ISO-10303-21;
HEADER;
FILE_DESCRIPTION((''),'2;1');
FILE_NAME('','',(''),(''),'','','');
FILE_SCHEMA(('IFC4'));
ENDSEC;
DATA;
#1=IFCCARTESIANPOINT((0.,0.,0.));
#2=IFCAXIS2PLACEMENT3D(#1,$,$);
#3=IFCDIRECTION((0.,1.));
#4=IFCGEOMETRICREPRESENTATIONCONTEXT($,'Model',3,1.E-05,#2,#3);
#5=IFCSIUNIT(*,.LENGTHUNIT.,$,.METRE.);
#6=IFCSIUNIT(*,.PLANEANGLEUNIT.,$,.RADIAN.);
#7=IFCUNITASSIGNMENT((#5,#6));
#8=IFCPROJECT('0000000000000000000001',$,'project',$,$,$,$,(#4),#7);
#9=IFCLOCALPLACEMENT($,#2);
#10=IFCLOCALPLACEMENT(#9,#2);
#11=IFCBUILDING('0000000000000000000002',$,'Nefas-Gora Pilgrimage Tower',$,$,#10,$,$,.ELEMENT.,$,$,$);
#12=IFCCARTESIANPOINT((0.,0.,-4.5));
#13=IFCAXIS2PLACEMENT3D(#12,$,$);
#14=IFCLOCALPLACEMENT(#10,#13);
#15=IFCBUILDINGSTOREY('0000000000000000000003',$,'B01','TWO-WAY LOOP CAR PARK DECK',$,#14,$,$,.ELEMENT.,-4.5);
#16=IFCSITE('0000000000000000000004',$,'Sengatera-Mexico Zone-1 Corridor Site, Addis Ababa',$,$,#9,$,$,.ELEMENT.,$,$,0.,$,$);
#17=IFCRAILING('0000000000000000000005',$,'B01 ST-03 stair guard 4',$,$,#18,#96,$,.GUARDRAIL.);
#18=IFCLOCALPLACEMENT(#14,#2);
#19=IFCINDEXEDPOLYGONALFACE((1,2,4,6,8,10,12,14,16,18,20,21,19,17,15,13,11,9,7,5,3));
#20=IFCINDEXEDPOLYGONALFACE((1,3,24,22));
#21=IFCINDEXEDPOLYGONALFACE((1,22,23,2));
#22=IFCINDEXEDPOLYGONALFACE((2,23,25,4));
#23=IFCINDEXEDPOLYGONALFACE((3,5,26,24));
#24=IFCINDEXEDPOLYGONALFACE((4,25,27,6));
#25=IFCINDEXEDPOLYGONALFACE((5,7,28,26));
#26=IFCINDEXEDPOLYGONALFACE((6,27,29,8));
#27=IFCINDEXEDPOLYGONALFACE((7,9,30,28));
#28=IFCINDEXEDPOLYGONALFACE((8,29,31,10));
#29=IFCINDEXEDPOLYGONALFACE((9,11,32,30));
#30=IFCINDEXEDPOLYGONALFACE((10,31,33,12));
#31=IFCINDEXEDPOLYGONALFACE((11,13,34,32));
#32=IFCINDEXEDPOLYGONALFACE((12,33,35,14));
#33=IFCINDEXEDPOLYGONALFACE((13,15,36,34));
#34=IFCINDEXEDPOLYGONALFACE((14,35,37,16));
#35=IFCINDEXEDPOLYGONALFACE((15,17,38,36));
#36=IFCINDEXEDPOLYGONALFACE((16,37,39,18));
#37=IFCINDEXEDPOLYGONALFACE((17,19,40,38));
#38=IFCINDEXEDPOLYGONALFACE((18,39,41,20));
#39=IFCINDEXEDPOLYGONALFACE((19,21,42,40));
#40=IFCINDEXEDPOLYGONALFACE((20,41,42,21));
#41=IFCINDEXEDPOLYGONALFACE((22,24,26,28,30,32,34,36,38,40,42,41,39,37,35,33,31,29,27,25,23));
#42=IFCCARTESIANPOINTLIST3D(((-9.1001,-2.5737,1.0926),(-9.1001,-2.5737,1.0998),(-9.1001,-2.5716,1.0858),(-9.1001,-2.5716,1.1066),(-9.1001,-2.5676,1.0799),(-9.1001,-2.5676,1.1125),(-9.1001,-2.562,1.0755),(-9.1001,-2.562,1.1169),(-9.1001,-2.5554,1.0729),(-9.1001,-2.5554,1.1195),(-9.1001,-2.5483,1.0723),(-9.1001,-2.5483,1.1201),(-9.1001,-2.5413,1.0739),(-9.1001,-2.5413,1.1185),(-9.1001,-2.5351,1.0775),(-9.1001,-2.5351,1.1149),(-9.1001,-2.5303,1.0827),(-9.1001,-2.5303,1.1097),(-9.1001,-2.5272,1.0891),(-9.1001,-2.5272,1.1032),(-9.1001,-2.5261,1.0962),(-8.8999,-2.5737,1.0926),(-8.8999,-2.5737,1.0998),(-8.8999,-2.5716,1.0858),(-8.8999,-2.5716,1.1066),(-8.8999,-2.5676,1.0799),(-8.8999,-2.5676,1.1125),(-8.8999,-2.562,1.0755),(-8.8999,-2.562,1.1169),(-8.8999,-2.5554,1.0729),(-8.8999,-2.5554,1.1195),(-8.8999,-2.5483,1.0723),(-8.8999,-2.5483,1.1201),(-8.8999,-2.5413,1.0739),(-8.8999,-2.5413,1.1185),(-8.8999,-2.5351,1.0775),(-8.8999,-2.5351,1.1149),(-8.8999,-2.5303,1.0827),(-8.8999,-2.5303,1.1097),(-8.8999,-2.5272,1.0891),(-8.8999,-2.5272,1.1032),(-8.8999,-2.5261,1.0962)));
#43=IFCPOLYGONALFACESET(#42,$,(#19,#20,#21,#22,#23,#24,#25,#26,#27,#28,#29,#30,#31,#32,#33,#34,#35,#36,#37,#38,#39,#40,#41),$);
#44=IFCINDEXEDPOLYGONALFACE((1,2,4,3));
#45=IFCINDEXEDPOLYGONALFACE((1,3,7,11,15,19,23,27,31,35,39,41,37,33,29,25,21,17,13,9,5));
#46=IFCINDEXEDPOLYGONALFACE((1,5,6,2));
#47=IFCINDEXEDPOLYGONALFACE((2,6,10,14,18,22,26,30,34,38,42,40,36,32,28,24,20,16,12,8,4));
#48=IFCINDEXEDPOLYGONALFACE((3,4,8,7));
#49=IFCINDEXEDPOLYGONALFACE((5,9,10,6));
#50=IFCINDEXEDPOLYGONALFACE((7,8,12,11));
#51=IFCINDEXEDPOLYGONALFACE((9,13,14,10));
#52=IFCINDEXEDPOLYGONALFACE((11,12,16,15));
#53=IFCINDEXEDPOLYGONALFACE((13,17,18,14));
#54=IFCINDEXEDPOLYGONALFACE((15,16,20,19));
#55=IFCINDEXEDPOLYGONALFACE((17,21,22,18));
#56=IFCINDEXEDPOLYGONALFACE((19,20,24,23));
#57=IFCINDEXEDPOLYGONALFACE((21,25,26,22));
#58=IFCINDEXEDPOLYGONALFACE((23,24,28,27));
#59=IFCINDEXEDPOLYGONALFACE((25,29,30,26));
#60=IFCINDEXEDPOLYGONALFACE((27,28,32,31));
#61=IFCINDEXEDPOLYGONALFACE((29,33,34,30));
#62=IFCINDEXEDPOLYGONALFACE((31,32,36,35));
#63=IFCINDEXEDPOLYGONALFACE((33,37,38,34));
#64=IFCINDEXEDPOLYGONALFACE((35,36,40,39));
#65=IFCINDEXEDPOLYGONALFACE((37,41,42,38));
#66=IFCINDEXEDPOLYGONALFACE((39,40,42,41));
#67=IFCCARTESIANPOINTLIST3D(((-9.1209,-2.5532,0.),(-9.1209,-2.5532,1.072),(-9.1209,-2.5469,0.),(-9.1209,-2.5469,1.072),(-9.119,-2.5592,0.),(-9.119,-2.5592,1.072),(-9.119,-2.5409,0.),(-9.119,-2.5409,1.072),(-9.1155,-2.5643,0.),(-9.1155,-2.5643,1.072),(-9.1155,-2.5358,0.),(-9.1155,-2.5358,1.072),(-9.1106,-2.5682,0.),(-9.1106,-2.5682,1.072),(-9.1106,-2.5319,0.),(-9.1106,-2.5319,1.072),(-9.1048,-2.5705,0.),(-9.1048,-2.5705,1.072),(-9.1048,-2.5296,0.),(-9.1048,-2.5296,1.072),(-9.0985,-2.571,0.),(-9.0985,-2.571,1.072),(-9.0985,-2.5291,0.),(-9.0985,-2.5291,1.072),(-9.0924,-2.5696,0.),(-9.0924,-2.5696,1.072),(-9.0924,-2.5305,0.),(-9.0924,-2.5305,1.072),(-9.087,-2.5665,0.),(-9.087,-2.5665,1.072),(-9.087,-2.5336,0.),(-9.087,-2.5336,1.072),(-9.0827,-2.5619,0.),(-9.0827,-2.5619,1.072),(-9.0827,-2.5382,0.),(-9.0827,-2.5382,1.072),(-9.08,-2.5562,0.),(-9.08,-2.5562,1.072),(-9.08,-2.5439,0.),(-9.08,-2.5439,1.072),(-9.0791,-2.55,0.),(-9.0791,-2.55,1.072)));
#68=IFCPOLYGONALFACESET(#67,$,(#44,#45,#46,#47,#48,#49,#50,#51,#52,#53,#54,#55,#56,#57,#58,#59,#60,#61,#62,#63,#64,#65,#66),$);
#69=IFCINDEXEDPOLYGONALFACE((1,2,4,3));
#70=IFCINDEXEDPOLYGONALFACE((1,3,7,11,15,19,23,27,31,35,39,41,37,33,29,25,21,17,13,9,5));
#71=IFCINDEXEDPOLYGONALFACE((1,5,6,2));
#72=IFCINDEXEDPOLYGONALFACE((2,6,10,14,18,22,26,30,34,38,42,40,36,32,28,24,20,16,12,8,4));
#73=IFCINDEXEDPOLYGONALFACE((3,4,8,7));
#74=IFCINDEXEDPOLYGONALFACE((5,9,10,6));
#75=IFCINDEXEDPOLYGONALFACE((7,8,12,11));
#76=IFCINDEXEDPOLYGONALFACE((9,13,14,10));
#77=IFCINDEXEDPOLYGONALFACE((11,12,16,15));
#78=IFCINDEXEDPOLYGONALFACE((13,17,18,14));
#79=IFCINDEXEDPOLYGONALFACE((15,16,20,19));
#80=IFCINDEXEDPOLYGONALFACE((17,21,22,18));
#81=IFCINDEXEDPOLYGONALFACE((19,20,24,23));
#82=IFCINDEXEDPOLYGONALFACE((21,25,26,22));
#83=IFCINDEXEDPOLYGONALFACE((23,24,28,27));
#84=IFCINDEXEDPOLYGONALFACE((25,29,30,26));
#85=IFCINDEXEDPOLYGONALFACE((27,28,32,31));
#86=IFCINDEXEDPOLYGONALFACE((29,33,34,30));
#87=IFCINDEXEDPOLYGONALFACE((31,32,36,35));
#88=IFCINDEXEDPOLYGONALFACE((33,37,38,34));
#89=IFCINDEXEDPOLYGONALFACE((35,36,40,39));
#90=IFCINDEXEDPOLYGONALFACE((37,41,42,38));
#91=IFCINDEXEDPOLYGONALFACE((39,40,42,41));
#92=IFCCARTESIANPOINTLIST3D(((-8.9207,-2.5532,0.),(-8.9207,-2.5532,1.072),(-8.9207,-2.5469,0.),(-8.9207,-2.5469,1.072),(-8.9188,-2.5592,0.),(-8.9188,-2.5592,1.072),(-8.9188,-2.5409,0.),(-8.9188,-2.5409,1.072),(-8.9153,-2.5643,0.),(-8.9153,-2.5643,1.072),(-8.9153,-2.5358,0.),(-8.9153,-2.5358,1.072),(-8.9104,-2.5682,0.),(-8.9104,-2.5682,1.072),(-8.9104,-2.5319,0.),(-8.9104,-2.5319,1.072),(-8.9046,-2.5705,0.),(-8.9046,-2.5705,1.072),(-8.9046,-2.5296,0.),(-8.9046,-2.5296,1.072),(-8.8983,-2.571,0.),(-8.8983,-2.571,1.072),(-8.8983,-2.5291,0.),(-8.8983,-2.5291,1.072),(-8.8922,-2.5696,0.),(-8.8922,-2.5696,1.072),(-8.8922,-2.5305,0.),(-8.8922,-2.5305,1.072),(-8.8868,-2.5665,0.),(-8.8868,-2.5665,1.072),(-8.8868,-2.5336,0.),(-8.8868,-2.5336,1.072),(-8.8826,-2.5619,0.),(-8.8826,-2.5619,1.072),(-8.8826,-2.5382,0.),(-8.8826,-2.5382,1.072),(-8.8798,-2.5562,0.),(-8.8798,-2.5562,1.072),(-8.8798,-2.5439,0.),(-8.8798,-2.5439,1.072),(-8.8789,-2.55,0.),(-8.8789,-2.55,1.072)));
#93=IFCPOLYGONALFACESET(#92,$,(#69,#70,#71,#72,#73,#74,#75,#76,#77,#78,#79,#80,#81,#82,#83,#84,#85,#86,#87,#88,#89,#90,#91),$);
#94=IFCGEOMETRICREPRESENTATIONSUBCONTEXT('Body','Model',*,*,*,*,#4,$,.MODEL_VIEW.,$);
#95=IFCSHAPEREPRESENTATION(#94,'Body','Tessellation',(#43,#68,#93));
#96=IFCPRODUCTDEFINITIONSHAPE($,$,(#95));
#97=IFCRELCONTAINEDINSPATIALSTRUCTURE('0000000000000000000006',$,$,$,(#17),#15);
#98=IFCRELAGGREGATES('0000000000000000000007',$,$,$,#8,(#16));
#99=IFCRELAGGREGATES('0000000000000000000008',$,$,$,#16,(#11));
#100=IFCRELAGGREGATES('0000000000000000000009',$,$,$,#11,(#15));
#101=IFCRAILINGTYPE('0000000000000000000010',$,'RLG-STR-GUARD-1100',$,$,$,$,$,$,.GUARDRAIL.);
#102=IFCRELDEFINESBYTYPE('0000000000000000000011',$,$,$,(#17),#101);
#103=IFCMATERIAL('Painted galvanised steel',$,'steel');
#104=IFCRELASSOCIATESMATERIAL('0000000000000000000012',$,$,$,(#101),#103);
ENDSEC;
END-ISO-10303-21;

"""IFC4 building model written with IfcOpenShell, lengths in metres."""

from ifc_helpers import new_model, si_unit, direction, frame, origin, origin_2d, place, context, subcontext, project, spatial, circle, extrude, material, type_object, element, save


model = new_model("IFC4")

# Units and contexts
model_context = context("Model", 3, precision=1e-05, world=origin(), true_north=direction((0.0, 1.0)))
body_context = subcontext(model_context, "Body", "Model", "MODEL_VIEW")
ifc_project = project(units=[si_unit("LENGTHUNIT", "METRE"), si_unit("PLANEANGLEUNIT", "RADIAN")], contexts=[model_context])

# Site, building, storey
site_placement = place(None, origin())
site = spatial("IfcSite", under=ifc_project, at=site_placement, Name="Sengatera-Mexico Zone-1 Corridor Site, Addis Ababa", CompositionType="ELEMENT", RefElevation=0.0)
building_placement = place(site_placement, origin())
building = spatial("IfcBuilding", under=site, at=building_placement, Name="Nefas-Gora Pilgrimage Tower", CompositionType="ELEMENT")
storey_placement = place(building_placement, frame((0.0, 0.0, -4.5)))
storey = spatial("IfcBuildingStorey", under=building, at=storey_placement, Name="B01", Description="TWO-WAY LOOP CAR PARK DECK", CompositionType="ELEMENT", Elevation=-4.5)

# Railing
ifc_material_1 = material(Name="Painted galvanised steel", Category="steel")
railing_type_1 = type_object("IfcRailingType", Name="RLG-STR-GUARD-1100", PredefinedType="GUARDRAIL", material=ifc_material_1)
railing_1_placement = place(storey_placement, frame((-9.1001, -2.55, 0.0)))
element("IfcRailing", 1, at=railing_1_placement, inside=storey, type_object=railing_type_1, Name="B01 ST-03 stair guard 4", PredefinedType="GUARDRAIL", context=body_context, shape_type="SweptSolid", body=[
    extrude(circle(Radius=0.0239, at=origin_2d()), frame((0.0, 0.0, 1.0962), z_axis=(1.0, 0.0, 0.0), x_axis=(0.0, 1.0, 0.0)), (0.0, 0.0, 1.0), 0.2002),
    extrude(circle(Radius=0.021, at=origin_2d()), origin(), (0.0, 0.0, 1.0), 1.072),
    extrude(circle(Radius=0.021, at=origin_2d()), frame((0.2002, 0.0, 0.0)), (0.0, 0.0, 1.0), 1.072),
])

save(model, "model.ifc")
